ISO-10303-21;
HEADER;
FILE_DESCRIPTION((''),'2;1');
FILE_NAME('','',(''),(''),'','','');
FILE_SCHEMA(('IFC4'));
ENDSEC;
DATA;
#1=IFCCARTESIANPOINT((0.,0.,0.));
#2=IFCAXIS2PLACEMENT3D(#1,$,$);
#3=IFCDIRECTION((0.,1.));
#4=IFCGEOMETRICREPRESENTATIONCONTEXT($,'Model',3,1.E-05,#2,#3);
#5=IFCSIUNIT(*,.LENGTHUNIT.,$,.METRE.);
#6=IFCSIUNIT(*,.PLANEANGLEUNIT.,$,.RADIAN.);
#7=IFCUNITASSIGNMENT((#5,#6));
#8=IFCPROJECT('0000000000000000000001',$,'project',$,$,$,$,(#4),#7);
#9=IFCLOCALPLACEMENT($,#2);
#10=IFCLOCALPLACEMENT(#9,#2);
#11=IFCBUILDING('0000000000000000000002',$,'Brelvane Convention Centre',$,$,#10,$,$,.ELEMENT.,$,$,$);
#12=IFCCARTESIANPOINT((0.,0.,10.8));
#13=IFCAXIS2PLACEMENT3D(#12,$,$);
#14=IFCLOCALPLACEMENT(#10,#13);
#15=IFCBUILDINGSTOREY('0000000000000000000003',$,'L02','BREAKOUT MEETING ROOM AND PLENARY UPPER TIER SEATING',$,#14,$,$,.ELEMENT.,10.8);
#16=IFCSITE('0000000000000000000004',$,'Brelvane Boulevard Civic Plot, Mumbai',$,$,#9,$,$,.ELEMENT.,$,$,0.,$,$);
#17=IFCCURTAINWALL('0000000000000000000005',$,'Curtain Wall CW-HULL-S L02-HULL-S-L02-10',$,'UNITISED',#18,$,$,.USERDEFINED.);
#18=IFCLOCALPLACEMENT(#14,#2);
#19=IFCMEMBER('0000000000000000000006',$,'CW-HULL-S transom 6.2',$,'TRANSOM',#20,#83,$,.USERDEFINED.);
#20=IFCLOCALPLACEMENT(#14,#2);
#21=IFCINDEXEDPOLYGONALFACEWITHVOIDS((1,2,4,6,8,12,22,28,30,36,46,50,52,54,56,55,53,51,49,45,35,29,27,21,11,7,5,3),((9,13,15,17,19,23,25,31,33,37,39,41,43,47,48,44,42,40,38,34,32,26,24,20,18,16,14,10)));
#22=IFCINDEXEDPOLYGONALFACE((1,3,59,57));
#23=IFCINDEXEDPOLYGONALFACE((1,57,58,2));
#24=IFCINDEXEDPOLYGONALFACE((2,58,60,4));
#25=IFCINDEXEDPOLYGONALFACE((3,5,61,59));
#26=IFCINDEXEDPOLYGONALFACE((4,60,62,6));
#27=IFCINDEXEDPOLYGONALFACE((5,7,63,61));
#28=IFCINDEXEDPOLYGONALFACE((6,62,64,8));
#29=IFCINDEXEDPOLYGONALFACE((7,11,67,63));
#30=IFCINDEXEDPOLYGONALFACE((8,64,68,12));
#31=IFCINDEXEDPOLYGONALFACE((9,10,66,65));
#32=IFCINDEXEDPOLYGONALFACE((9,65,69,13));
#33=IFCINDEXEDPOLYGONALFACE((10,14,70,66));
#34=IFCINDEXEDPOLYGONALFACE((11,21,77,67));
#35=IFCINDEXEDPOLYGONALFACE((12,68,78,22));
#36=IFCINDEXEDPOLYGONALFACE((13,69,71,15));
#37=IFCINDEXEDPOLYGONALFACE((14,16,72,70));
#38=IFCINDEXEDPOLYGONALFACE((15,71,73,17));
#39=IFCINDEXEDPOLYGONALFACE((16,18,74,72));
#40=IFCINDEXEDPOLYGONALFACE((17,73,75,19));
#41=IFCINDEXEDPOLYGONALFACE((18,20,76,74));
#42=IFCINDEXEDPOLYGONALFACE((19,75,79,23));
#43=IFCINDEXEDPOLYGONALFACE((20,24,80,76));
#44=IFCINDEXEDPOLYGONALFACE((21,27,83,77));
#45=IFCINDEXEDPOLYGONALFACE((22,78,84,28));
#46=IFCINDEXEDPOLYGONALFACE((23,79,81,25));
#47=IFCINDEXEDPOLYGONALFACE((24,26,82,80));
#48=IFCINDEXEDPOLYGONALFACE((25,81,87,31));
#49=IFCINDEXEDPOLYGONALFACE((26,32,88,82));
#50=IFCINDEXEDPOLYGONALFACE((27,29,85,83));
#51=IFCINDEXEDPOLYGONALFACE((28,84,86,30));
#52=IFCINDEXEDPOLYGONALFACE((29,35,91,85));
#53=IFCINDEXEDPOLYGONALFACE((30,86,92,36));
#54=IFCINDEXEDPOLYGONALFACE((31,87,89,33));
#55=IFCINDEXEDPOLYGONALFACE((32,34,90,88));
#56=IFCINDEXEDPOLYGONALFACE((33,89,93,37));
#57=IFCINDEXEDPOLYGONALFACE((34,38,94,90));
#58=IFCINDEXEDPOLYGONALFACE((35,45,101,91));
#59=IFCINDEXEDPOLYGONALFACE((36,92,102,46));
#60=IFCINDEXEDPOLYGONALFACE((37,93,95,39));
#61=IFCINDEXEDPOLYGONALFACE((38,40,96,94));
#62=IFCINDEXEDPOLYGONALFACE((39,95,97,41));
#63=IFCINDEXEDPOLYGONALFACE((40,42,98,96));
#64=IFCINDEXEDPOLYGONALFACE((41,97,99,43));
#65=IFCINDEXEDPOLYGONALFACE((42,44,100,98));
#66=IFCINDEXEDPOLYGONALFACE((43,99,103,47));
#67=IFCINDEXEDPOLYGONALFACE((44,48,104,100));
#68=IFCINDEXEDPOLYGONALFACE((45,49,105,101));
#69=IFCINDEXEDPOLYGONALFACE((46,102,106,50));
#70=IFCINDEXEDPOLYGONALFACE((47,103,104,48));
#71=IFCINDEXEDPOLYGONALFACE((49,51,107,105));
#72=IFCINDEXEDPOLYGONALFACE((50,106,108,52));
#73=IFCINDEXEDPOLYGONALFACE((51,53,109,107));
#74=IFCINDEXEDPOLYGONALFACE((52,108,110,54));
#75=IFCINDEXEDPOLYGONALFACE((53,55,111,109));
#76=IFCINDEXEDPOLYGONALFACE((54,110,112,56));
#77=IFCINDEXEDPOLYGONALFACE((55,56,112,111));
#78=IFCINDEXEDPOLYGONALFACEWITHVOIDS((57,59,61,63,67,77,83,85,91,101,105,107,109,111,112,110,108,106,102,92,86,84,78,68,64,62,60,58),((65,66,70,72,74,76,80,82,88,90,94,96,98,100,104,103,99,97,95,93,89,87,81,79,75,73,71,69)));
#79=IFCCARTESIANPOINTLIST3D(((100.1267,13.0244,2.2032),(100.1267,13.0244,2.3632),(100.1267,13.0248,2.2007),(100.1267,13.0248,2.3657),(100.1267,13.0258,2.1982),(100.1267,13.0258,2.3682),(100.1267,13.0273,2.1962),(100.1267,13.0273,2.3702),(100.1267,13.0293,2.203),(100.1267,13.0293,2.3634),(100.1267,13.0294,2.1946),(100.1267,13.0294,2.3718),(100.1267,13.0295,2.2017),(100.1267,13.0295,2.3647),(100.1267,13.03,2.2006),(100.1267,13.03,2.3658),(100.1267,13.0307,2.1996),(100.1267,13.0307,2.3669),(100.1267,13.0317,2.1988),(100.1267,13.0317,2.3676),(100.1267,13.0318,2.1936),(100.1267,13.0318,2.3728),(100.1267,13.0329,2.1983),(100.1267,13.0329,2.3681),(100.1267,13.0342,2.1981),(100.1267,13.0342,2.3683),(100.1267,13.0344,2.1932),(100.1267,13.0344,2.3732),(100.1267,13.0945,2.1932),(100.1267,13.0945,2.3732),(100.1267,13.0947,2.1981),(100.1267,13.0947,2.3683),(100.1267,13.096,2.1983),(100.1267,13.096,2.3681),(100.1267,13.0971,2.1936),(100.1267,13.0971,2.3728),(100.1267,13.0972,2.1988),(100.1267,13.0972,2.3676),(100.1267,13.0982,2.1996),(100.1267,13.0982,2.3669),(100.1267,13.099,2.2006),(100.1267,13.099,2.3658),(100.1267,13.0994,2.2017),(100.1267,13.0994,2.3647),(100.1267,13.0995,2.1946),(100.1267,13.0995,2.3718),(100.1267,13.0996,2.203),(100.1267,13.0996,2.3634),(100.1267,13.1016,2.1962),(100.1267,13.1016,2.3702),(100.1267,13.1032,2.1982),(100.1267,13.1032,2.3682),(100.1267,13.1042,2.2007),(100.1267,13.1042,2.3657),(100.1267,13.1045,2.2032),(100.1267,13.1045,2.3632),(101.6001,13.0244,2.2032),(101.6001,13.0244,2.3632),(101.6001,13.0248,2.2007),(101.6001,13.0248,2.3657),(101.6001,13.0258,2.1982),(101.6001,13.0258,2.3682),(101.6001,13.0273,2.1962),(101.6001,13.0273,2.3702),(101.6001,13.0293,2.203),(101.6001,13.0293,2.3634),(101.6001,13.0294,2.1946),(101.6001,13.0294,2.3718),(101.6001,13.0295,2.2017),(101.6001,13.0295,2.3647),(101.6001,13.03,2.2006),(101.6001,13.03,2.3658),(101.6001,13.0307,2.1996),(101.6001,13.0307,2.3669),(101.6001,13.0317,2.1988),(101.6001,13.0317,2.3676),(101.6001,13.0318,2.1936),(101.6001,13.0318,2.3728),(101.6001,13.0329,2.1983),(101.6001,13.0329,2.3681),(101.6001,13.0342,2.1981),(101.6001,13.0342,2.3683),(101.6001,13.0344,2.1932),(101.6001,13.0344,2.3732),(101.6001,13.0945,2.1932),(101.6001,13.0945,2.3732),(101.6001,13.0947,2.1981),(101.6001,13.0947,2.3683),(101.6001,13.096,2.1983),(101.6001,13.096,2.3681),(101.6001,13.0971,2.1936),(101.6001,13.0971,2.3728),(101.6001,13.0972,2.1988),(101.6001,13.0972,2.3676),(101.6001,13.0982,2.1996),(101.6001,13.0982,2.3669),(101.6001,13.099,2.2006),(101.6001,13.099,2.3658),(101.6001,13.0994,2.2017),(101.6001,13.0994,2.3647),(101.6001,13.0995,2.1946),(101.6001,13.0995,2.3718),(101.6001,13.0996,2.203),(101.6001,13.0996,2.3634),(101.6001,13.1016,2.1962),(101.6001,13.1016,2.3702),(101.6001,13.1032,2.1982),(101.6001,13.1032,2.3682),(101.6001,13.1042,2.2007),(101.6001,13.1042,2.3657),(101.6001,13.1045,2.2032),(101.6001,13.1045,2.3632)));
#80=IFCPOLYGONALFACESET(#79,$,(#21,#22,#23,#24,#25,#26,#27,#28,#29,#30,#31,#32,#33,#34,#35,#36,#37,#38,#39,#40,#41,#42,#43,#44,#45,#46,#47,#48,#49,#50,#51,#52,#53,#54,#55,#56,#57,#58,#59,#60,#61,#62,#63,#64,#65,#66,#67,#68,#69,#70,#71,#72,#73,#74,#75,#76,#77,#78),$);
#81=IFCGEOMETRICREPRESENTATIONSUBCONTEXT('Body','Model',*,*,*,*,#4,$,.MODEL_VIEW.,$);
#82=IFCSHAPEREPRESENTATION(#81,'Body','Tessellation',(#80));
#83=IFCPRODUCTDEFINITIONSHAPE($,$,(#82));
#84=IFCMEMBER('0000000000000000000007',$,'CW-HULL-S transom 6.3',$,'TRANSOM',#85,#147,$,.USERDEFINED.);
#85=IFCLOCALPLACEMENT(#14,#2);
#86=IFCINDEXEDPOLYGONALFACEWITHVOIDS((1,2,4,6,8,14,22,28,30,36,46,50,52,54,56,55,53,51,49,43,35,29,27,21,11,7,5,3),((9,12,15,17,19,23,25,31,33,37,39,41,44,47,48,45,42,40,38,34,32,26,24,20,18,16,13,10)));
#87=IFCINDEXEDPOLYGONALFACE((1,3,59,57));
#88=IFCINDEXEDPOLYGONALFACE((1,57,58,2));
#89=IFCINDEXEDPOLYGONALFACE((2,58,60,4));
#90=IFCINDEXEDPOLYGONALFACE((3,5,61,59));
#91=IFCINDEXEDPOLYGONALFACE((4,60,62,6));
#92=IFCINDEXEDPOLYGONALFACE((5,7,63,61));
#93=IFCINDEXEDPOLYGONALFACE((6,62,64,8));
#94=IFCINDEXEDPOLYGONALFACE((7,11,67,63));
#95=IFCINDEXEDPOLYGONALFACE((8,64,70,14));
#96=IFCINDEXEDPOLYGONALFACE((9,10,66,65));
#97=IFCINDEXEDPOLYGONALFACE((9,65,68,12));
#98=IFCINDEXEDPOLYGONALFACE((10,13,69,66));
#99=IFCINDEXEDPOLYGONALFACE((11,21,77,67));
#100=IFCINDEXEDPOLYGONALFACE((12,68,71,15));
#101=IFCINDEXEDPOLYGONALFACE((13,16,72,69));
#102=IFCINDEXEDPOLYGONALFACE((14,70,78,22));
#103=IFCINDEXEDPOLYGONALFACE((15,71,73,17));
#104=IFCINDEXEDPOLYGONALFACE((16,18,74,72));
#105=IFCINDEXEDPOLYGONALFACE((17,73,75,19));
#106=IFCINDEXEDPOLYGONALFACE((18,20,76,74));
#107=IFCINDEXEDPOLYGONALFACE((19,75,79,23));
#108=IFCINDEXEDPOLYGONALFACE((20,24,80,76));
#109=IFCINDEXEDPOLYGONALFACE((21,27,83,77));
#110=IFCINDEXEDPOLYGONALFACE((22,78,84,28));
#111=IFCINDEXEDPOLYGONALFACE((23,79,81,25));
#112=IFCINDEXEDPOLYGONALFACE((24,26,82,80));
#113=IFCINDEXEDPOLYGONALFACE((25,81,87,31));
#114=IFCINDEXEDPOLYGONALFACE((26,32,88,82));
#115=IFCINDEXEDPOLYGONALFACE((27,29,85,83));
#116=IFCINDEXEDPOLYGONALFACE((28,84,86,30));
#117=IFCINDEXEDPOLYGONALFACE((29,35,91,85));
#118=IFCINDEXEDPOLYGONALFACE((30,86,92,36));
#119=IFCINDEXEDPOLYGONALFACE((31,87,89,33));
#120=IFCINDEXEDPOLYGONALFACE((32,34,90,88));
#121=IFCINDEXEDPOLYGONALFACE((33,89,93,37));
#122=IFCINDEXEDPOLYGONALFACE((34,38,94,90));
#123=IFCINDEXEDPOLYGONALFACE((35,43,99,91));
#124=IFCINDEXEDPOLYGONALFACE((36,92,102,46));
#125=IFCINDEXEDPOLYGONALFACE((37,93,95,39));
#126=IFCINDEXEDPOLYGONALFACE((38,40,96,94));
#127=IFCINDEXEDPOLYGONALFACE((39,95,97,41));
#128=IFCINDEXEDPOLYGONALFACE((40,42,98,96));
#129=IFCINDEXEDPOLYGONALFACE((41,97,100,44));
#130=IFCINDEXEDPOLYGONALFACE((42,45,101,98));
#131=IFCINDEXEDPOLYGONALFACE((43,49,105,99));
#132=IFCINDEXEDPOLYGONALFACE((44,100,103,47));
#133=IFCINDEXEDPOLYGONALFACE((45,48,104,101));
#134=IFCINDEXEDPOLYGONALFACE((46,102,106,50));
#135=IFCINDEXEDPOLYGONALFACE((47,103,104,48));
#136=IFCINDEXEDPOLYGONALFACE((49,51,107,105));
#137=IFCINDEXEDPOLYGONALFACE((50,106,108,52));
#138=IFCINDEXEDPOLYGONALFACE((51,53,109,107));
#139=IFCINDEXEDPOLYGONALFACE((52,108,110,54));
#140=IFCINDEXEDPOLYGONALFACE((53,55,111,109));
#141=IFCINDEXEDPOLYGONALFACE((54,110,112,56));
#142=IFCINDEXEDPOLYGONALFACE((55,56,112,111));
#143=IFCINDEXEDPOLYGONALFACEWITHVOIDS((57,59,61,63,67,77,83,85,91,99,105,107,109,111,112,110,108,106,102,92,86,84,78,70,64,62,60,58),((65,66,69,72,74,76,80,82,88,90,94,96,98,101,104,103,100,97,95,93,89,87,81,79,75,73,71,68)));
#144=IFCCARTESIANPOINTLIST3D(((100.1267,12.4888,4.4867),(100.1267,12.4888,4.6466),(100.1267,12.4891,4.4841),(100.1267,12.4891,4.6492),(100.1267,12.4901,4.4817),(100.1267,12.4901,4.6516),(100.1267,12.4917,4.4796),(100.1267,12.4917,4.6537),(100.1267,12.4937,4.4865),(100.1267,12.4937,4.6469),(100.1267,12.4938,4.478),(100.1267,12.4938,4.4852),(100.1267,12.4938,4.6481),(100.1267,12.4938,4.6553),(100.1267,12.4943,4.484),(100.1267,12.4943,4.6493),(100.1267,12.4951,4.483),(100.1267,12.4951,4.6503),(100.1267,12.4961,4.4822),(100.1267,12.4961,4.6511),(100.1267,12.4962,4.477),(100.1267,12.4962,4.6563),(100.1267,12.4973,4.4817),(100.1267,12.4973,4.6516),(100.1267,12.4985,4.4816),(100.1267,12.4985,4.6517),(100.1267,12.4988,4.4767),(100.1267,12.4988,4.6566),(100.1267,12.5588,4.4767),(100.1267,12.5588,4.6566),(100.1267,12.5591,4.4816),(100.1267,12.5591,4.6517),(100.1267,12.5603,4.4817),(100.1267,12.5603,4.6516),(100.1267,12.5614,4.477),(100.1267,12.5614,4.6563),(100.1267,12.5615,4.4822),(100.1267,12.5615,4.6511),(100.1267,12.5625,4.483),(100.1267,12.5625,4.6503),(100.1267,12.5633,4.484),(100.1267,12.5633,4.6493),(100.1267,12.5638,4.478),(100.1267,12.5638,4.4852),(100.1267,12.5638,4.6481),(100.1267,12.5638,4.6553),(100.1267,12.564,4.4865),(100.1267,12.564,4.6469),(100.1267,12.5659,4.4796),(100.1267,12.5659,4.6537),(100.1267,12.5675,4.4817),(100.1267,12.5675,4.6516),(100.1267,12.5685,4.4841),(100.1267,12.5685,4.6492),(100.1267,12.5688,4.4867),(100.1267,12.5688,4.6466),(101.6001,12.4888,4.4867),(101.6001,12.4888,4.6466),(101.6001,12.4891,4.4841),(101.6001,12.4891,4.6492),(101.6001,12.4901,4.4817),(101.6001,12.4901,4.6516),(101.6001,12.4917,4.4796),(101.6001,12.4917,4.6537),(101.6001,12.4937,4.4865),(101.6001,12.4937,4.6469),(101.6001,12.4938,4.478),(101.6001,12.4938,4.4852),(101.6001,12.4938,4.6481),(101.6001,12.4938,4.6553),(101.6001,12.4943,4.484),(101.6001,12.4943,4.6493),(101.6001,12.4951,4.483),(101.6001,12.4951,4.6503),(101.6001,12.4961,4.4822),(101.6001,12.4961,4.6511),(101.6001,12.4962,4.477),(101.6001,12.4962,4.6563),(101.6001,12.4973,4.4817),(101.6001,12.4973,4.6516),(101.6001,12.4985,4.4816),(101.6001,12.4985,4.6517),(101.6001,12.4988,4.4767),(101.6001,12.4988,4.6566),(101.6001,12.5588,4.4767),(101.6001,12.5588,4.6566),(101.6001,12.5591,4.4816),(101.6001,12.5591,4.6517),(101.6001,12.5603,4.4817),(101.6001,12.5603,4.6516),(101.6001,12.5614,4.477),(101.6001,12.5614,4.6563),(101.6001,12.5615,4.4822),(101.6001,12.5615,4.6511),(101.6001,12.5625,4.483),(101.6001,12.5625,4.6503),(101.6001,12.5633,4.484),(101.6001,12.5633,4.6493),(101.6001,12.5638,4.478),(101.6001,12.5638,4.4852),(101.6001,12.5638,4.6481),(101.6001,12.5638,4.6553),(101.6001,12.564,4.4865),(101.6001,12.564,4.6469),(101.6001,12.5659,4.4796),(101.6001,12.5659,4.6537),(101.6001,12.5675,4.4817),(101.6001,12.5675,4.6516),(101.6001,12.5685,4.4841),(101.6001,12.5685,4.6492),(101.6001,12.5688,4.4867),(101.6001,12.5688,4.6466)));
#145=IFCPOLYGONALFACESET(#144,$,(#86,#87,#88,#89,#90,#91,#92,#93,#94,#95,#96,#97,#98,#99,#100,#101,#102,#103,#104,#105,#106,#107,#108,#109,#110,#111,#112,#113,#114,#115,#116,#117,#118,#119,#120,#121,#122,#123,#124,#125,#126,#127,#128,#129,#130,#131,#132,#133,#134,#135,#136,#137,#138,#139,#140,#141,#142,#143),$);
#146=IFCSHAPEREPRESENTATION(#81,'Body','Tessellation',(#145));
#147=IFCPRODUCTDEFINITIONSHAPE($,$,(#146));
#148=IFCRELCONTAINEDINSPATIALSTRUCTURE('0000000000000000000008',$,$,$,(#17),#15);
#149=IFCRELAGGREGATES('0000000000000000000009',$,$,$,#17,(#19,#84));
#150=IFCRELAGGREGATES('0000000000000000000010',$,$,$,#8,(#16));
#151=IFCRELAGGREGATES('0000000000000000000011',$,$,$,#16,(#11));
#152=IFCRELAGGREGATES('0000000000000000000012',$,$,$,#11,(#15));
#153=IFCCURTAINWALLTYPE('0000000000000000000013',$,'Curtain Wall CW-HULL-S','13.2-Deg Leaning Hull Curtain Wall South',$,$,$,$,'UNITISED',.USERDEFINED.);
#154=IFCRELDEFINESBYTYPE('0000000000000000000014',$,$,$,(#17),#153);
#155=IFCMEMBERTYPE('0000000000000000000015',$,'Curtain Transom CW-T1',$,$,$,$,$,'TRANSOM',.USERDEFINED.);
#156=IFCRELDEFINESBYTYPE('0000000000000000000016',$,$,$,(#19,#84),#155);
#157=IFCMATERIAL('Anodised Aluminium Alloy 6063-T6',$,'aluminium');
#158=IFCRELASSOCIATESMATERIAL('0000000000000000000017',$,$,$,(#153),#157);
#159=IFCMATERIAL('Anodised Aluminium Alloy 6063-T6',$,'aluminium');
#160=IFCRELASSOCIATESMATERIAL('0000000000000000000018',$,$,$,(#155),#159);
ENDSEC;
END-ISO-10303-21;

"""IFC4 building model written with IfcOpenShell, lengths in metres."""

from ifc_helpers import new_model, si_unit, direction, frame, origin, origin_2d, place, context, subcontext, project, spatial, hollow_rectangle, extrude, material, material_profile, profile_set, type_object, element, aggregate, save


model = new_model("IFC4")

# Units and contexts
model_context = context("Model", 3, precision=1e-05, world=origin(), true_north=direction((0.0, 1.0)))
body_context = subcontext(model_context, "Body", "Model", "MODEL_VIEW")
ifc_project = project(units=[si_unit("LENGTHUNIT", "METRE"), si_unit("PLANEANGLEUNIT", "RADIAN")], contexts=[model_context])

# Site, building, storey
site_placement = place(None, origin())
site = spatial("IfcSite", under=ifc_project, at=site_placement, Name="Brelvane Boulevard Civic Plot, Mumbai", CompositionType="ELEMENT", RefElevation=0.0)
building_placement = place(site_placement, origin())
building = spatial("IfcBuilding", under=site, at=building_placement, Name="Brelvane Convention Centre", CompositionType="ELEMENT")
storey_placement = place(building_placement, frame((0.0, 0.0, 10.8)))
storey = spatial("IfcBuildingStorey", under=building, at=storey_placement, Name="L02", Description="BREAKOUT MEETING ROOM AND PLENARY UPPER TIER SEATING", CompositionType="ELEMENT", Elevation=10.8)

# Curtain wall, members
ifc_material_1 = material(Name="Anodised Aluminium Alloy 6063-T6", Category="aluminium")
curtain_wall_type = type_object("IfcCurtainWallType", Name="Curtain Wall CW-HULL-S", Description="13.2-Deg Leaning Hull Curtain Wall South", ElementType="UNITISED", PredefinedType="USERDEFINED", material=ifc_material_1)
curtain_wall_1_placement = place(storey_placement, origin())
curtain_wall_1 = element("IfcCurtainWall", 1, at=curtain_wall_1_placement, inside=storey, type_object=curtain_wall_type, Name="Curtain Wall CW-HULL-S L02-HULL-S-L02-10", ObjectType="UNITISED", PredefinedType="USERDEFINED")
ifc_material_2 = material(Name="Anodised Aluminium Alloy 6063-T6", Category="aluminium")
ifc_material_profile = material_profile(ifc_material_2, hollow_rectangle(XDim=0.0801, YDim=0.1799, WallThickness=0.0049, InnerFilletRadius=0.0049, OuterFilletRadius=0.01, at=origin_2d()), Name="ALU-T 180x80x5.0")
ifc_profile_set = profile_set([ifc_material_profile], Name="Anodised Aluminium Alloy 6063-T6")
member_type = type_object("IfcMemberType", Name="Curtain Transom CW-T1", ElementType="TRANSOM", PredefinedType="USERDEFINED", material=ifc_profile_set)
member_1_placement = place(storey_placement, frame((100.1267, 13.0645, 2.2832), z_axis=(1.0, 0.0, 0.0), x_axis=(0.0, 1.0, 0.0)))
member_1 = element("IfcMember", 2, at=member_1_placement, type_object=member_type, Name="CW-HULL-S transom 6.2", ObjectType="TRANSOM", PredefinedType="USERDEFINED", context=body_context, shape_type="SweptSolid", body=[
    extrude(hollow_rectangle(XDim=0.0801, YDim=0.1799, WallThickness=0.0049, InnerFilletRadius=0.0049, OuterFilletRadius=0.01, at=origin_2d()), origin(), (0.0, 0.0, 1.0), 1.4734),
])
member_2_placement = place(storey_placement, frame((100.1267, 12.5288, 4.5667), z_axis=(1.0, 0.0, 0.0), x_axis=(0.0, 1.0, 0.0)))
member_2 = element("IfcMember", 3, at=member_2_placement, type_object=member_type, Name="CW-HULL-S transom 6.3", ObjectType="TRANSOM", PredefinedType="USERDEFINED", context=body_context, shape_type="SweptSolid", body=[
    extrude(hollow_rectangle(XDim=0.0801, YDim=0.1799, WallThickness=0.0049, InnerFilletRadius=0.0049, OuterFilletRadius=0.01, at=origin_2d()), origin(), (0.0, 0.0, 1.0), 1.4734),
])

aggregate(curtain_wall_1, [member_1, member_2])

save(model, "model.ifc")
